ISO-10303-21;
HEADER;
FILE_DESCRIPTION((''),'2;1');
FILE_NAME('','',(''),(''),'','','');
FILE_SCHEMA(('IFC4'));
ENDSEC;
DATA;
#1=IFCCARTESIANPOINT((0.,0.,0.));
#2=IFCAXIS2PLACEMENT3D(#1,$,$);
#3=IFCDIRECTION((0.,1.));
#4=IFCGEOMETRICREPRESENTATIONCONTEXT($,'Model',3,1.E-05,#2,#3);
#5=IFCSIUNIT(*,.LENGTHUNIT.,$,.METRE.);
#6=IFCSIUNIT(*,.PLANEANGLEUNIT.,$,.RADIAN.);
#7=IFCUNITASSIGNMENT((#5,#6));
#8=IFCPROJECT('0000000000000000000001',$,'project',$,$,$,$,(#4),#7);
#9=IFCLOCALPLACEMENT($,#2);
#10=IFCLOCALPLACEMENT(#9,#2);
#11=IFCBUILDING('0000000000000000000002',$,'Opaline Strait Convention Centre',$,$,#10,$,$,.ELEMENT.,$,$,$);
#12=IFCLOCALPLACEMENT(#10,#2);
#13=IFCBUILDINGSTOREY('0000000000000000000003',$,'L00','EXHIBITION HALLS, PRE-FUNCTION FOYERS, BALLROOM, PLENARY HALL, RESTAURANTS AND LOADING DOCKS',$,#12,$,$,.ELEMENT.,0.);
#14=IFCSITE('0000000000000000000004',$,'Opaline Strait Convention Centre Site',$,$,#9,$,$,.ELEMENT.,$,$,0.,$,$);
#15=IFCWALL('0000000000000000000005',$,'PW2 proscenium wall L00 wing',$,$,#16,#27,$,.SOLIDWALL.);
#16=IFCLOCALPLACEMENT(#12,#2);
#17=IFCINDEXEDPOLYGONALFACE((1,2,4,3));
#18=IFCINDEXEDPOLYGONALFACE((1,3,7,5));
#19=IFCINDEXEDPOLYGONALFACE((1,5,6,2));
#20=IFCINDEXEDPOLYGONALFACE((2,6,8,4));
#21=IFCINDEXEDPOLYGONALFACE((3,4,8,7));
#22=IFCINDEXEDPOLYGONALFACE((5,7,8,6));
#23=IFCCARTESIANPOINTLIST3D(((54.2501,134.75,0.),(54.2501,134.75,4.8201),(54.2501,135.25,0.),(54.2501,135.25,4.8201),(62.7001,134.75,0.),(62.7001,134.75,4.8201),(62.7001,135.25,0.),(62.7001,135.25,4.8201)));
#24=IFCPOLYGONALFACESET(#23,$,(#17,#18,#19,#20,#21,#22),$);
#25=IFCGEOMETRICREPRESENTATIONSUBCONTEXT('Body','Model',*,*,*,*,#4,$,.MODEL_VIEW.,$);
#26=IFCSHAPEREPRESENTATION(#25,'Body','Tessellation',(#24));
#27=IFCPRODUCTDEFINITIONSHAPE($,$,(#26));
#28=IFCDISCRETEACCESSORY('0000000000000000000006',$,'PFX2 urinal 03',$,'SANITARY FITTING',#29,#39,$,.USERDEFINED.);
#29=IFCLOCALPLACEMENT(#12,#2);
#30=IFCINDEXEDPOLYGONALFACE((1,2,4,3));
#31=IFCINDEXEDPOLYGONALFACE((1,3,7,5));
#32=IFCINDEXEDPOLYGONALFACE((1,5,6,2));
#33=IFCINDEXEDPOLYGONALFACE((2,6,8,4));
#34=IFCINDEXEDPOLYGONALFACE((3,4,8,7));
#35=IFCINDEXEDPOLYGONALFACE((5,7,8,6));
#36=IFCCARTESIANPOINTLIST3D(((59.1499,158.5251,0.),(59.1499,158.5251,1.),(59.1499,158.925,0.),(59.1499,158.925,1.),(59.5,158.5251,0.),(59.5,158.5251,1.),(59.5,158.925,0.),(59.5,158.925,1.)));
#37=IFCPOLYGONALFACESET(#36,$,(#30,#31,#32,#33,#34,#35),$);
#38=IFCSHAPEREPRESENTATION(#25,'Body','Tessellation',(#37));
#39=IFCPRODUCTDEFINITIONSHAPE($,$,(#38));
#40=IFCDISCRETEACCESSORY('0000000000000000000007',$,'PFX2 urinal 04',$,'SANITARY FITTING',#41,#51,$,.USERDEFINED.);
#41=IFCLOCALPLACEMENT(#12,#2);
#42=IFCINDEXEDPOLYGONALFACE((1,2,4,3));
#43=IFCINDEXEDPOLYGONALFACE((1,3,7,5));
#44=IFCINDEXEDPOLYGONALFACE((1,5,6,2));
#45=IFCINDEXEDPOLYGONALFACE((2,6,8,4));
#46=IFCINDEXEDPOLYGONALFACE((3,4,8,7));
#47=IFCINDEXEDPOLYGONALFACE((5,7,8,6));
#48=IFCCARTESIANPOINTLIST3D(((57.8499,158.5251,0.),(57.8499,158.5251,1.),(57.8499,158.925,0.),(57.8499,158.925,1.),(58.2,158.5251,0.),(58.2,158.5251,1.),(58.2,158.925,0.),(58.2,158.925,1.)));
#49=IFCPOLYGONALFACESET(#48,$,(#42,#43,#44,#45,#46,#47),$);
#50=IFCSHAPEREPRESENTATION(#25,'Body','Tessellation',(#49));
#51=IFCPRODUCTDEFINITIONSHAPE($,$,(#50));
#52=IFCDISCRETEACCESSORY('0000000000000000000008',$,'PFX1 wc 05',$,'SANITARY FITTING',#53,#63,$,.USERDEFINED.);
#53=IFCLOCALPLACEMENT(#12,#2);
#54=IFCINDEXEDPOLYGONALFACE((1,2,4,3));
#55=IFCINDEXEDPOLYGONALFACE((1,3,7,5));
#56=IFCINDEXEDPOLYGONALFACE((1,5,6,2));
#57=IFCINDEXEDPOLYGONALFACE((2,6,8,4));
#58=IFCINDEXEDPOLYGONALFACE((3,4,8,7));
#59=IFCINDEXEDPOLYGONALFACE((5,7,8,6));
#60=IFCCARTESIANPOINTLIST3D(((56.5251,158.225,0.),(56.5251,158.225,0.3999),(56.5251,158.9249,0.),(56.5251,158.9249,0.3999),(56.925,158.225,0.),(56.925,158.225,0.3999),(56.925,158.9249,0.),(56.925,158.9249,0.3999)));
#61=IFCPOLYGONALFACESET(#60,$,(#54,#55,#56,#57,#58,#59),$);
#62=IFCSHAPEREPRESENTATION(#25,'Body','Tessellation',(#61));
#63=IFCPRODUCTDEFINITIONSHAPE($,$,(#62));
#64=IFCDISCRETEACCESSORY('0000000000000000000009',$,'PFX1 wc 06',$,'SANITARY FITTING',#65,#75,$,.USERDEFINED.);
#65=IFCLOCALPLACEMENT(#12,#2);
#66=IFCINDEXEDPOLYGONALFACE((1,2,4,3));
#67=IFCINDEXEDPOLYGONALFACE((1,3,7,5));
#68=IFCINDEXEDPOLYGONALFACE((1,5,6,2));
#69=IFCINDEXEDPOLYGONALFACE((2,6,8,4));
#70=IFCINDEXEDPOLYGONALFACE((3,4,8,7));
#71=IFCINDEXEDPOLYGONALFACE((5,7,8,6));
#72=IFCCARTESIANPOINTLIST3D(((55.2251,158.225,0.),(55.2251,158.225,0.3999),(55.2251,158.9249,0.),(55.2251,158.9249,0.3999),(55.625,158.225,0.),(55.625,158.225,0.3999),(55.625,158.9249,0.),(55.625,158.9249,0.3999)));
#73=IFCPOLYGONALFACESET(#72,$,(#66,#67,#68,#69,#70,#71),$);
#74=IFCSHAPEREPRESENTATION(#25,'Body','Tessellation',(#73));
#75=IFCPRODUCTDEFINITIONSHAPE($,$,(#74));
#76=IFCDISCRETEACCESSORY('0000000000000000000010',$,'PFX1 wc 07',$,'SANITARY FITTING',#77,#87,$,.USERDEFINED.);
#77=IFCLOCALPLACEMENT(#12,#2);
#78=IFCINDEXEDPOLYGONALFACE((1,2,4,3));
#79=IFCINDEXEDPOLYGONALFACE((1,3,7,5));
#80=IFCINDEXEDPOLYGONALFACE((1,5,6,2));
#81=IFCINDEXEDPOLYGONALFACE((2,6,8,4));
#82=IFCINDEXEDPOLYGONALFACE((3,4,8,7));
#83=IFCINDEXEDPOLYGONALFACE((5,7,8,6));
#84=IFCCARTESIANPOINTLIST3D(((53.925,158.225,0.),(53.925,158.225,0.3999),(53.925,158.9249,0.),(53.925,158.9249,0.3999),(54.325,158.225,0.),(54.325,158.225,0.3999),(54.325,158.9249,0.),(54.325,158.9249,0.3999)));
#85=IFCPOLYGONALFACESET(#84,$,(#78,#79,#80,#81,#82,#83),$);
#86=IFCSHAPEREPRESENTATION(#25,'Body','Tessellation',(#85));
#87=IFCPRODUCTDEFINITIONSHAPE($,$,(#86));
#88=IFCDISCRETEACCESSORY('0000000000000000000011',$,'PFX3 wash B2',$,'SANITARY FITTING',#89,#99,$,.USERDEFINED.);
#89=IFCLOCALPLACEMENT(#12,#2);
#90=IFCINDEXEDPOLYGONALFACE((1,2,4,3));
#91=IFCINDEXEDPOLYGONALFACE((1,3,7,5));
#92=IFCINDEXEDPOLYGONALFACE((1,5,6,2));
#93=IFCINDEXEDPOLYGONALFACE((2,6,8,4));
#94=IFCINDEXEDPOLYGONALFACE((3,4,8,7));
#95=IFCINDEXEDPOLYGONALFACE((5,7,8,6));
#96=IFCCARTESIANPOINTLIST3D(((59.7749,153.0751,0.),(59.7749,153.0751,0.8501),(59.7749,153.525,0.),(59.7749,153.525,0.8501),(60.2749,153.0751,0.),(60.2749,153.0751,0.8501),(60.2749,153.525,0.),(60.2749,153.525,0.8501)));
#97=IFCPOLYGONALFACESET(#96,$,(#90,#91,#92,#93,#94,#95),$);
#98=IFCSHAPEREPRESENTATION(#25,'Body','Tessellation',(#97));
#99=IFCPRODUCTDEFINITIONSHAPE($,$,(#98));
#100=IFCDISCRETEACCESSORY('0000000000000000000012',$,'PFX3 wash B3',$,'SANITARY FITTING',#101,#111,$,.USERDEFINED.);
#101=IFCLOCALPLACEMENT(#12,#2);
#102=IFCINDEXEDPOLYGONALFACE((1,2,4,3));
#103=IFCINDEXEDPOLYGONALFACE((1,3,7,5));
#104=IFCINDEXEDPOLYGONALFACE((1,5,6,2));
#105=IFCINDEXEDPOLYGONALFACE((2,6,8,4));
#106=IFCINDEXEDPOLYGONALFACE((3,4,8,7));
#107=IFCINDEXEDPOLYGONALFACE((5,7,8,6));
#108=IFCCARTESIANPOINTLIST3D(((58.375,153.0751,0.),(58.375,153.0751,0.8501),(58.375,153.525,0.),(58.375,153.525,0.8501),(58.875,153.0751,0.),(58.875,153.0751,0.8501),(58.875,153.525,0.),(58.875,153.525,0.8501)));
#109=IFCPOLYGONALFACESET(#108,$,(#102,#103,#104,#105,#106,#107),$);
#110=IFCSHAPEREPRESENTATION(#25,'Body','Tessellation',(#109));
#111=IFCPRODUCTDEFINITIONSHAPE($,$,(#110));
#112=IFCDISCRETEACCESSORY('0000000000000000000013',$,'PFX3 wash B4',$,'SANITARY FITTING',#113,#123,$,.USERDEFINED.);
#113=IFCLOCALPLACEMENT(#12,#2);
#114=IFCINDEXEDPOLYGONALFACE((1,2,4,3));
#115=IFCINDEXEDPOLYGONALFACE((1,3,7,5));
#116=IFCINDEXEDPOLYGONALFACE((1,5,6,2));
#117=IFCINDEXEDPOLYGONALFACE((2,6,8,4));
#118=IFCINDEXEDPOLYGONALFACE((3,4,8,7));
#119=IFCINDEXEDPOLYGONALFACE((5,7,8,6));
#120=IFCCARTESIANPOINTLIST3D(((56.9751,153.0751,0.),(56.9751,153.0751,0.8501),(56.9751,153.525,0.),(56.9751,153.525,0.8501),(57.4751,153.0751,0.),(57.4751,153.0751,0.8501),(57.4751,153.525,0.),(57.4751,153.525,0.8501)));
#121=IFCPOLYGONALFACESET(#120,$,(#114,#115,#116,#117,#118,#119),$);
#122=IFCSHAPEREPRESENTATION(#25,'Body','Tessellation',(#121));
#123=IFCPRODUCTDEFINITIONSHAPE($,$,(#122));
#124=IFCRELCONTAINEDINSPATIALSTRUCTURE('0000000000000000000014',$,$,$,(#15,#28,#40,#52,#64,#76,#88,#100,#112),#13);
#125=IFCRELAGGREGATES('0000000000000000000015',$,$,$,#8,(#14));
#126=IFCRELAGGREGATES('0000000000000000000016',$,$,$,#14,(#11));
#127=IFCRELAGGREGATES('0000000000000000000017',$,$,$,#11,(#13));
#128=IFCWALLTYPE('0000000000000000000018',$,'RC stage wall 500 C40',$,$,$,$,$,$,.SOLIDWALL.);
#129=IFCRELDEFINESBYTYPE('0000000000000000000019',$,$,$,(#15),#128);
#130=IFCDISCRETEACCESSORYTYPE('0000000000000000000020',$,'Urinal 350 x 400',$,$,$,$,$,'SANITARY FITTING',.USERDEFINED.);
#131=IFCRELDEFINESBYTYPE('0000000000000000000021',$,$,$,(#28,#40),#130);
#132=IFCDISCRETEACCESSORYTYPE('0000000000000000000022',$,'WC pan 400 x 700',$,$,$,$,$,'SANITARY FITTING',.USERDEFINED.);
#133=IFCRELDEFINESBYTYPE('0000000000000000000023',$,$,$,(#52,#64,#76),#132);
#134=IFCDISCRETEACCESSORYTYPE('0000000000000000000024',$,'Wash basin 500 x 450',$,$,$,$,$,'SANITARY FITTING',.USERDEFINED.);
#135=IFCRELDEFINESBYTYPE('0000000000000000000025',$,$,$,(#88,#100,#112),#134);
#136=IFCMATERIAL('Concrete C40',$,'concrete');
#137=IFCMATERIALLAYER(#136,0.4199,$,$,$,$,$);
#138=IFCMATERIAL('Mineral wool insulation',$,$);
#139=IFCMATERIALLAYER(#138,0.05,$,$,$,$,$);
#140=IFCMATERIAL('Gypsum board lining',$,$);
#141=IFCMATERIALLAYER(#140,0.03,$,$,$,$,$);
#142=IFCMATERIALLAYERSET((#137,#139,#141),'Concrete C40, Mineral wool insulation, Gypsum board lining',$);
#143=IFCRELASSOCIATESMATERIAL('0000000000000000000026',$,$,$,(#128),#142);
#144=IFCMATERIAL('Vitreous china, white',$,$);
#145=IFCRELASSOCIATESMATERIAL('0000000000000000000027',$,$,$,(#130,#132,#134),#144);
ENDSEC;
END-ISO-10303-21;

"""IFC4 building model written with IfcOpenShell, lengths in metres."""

from ifc_helpers import new_model, si_unit, direction, frame, frame_2d, origin, origin_2d, place, context, subcontext, project, spatial, rectangle, extrude, material, layer, layer_set, type_object, element, save


model = new_model("IFC4")

# Units and contexts
model_context = context("Model", 3, precision=1e-05, world=origin(), true_north=direction((0.0, 1.0)))
body_context = subcontext(model_context, "Body", "Model", "MODEL_VIEW")
ifc_project = project(units=[si_unit("LENGTHUNIT", "METRE"), si_unit("PLANEANGLEUNIT", "RADIAN")], contexts=[model_context])

# Site, building, storey
site_placement = place(None, origin())
site = spatial("IfcSite", under=ifc_project, at=site_placement, Name="Opaline Strait Convention Centre Site", CompositionType="ELEMENT", RefElevation=0.0)
building_placement = place(site_placement, origin())
building = spatial("IfcBuilding", under=site, at=building_placement, Name="Opaline Strait Convention Centre", CompositionType="ELEMENT")
storey_placement = place(building_placement, origin())
storey = spatial("IfcBuildingStorey", under=building, at=storey_placement, Name="L00", Description="EXHIBITION HALLS, PRE-FUNCTION FOYERS, BALLROOM, PLENARY HALL, RESTAURANTS AND LOADING DOCKS", CompositionType="ELEMENT", Elevation=0.0)

# Shared definitions
ifc_material_1 = material(Name="Concrete C40", Category="concrete")

# Wall
ifc_layer_1 = layer(ifc_material_1, 0.4199)
ifc_material_2 = material(Name="Mineral wool insulation")
ifc_layer_2 = layer(ifc_material_2, 0.05)
ifc_material_3 = material(Name="Gypsum board lining")
ifc_layer_3 = layer(ifc_material_3, 0.03)
ifc_layer_set_1 = layer_set([ifc_layer_1, ifc_layer_2, ifc_layer_3], Name="Concrete C40, Mineral wool insulation, Gypsum board lining")
wall_type_1 = type_object("IfcWallType", Name="RC stage wall 500 C40", PredefinedType="SOLIDWALL", material=ifc_layer_set_1)
wall_1_placement = place(storey_placement, frame((54.25, 135.0, 0.0), z_axis=(0.0, 0.0, 1.0), x_axis=(1.0, 0.0, 0.0)))
element("IfcWall", 1, at=wall_1_placement, inside=storey, type_object=wall_type_1, Name="PW2 proscenium wall L00 wing", PredefinedType="SOLIDWALL", context=body_context, shape_type="SweptSolid", body=[
    extrude(rectangle(XDim=8.45, YDim=0.5, at=frame_2d((4.2251, 0.0))), origin(), (0.0, 0.0, 1.0), 4.8201),
])

# Discrete accessories
ifc_material_4 = material(Name="Vitreous china, white")
discrete_accessory_type_1 = type_object("IfcDiscreteAccessoryType", Name="Urinal 350 x 400", ElementType="SANITARY FITTING", PredefinedType="USERDEFINED", material=ifc_material_4)
for number, where, z_axis, x_axis, name in (
    (2, (59.325, 158.7251, 0.0), (0.0, 0.0, 1.0), (1.0, 0.0, 0.0), "PFX2 urinal 03"),
    (3, (58.0249, 158.7251, 0.0), (0.0, 0.0, 1.0), (1.0, 0.0, 0.0), "PFX2 urinal 04"),
):
    element("IfcDiscreteAccessory", number, at=place(storey_placement, frame(where, z_axis=z_axis, x_axis=x_axis)), inside=storey, type_object=discrete_accessory_type_1, Name=name, ObjectType="SANITARY FITTING", PredefinedType="USERDEFINED", context=body_context, shape_type="SweptSolid", body=[
        extrude(rectangle(XDim=0.3501, YDim=0.3999, at=origin_2d()), origin(), (0.0, 0.0, 1.0), 1.0),
    ])
discrete_accessory_type_2 = type_object("IfcDiscreteAccessoryType", Name="WC pan 400 x 700", ElementType="SANITARY FITTING", PredefinedType="USERDEFINED", material=ifc_material_4)
for number, where, z_axis, x_axis, name in (
    (4, (56.7251, 158.575, 0.0), (0.0, 0.0, 1.0), (1.0, 0.0, 0.0), "PFX1 wc 05"),
    (5, (55.425, 158.575, 0.0), (0.0, 0.0, 1.0), (1.0, 0.0, 0.0), "PFX1 wc 06"),
    (6, (54.125, 158.575, 0.0), (0.0, 0.0, 1.0), (1.0, 0.0, 0.0), "PFX1 wc 07"),
):
    element("IfcDiscreteAccessory", number, at=place(storey_placement, frame(where, z_axis=z_axis, x_axis=x_axis)), inside=storey, type_object=discrete_accessory_type_2, Name=name, ObjectType="SANITARY FITTING", PredefinedType="USERDEFINED", context=body_context, shape_type="SweptSolid", body=[
        extrude(rectangle(XDim=0.3999, YDim=0.7, at=origin_2d()), origin(), (0.0, 0.0, 1.0), 0.3999),
    ])
discrete_accessory_type_3 = type_object("IfcDiscreteAccessoryType", Name="Wash basin 500 x 450", ElementType="SANITARY FITTING", PredefinedType="USERDEFINED", material=ifc_material_4)
for number, where, z_axis, x_axis, name in (
    (7, (60.0249, 153.3, 0.0), (0.0, 0.0, 1.0), (1.0, 0.0, 0.0), "PFX3 wash B2"),
    (8, (58.625, 153.3, 0.0), (0.0, 0.0, 1.0), (1.0, 0.0, 0.0), "PFX3 wash B3"),
    (9, (57.2251, 153.3, 0.0), (0.0, 0.0, 1.0), (1.0, 0.0, 0.0), "PFX3 wash B4"),
):
    element("IfcDiscreteAccessory", number, at=place(storey_placement, frame(where, z_axis=z_axis, x_axis=x_axis)), inside=storey, type_object=discrete_accessory_type_3, Name=name, ObjectType="SANITARY FITTING", PredefinedType="USERDEFINED", context=body_context, shape_type="SweptSolid", body=[
        extrude(rectangle(XDim=0.5, YDim=0.45, at=origin_2d()), origin(), (0.0, 0.0, 1.0), 0.8501),
    ])

save(model, "model.ifc")
